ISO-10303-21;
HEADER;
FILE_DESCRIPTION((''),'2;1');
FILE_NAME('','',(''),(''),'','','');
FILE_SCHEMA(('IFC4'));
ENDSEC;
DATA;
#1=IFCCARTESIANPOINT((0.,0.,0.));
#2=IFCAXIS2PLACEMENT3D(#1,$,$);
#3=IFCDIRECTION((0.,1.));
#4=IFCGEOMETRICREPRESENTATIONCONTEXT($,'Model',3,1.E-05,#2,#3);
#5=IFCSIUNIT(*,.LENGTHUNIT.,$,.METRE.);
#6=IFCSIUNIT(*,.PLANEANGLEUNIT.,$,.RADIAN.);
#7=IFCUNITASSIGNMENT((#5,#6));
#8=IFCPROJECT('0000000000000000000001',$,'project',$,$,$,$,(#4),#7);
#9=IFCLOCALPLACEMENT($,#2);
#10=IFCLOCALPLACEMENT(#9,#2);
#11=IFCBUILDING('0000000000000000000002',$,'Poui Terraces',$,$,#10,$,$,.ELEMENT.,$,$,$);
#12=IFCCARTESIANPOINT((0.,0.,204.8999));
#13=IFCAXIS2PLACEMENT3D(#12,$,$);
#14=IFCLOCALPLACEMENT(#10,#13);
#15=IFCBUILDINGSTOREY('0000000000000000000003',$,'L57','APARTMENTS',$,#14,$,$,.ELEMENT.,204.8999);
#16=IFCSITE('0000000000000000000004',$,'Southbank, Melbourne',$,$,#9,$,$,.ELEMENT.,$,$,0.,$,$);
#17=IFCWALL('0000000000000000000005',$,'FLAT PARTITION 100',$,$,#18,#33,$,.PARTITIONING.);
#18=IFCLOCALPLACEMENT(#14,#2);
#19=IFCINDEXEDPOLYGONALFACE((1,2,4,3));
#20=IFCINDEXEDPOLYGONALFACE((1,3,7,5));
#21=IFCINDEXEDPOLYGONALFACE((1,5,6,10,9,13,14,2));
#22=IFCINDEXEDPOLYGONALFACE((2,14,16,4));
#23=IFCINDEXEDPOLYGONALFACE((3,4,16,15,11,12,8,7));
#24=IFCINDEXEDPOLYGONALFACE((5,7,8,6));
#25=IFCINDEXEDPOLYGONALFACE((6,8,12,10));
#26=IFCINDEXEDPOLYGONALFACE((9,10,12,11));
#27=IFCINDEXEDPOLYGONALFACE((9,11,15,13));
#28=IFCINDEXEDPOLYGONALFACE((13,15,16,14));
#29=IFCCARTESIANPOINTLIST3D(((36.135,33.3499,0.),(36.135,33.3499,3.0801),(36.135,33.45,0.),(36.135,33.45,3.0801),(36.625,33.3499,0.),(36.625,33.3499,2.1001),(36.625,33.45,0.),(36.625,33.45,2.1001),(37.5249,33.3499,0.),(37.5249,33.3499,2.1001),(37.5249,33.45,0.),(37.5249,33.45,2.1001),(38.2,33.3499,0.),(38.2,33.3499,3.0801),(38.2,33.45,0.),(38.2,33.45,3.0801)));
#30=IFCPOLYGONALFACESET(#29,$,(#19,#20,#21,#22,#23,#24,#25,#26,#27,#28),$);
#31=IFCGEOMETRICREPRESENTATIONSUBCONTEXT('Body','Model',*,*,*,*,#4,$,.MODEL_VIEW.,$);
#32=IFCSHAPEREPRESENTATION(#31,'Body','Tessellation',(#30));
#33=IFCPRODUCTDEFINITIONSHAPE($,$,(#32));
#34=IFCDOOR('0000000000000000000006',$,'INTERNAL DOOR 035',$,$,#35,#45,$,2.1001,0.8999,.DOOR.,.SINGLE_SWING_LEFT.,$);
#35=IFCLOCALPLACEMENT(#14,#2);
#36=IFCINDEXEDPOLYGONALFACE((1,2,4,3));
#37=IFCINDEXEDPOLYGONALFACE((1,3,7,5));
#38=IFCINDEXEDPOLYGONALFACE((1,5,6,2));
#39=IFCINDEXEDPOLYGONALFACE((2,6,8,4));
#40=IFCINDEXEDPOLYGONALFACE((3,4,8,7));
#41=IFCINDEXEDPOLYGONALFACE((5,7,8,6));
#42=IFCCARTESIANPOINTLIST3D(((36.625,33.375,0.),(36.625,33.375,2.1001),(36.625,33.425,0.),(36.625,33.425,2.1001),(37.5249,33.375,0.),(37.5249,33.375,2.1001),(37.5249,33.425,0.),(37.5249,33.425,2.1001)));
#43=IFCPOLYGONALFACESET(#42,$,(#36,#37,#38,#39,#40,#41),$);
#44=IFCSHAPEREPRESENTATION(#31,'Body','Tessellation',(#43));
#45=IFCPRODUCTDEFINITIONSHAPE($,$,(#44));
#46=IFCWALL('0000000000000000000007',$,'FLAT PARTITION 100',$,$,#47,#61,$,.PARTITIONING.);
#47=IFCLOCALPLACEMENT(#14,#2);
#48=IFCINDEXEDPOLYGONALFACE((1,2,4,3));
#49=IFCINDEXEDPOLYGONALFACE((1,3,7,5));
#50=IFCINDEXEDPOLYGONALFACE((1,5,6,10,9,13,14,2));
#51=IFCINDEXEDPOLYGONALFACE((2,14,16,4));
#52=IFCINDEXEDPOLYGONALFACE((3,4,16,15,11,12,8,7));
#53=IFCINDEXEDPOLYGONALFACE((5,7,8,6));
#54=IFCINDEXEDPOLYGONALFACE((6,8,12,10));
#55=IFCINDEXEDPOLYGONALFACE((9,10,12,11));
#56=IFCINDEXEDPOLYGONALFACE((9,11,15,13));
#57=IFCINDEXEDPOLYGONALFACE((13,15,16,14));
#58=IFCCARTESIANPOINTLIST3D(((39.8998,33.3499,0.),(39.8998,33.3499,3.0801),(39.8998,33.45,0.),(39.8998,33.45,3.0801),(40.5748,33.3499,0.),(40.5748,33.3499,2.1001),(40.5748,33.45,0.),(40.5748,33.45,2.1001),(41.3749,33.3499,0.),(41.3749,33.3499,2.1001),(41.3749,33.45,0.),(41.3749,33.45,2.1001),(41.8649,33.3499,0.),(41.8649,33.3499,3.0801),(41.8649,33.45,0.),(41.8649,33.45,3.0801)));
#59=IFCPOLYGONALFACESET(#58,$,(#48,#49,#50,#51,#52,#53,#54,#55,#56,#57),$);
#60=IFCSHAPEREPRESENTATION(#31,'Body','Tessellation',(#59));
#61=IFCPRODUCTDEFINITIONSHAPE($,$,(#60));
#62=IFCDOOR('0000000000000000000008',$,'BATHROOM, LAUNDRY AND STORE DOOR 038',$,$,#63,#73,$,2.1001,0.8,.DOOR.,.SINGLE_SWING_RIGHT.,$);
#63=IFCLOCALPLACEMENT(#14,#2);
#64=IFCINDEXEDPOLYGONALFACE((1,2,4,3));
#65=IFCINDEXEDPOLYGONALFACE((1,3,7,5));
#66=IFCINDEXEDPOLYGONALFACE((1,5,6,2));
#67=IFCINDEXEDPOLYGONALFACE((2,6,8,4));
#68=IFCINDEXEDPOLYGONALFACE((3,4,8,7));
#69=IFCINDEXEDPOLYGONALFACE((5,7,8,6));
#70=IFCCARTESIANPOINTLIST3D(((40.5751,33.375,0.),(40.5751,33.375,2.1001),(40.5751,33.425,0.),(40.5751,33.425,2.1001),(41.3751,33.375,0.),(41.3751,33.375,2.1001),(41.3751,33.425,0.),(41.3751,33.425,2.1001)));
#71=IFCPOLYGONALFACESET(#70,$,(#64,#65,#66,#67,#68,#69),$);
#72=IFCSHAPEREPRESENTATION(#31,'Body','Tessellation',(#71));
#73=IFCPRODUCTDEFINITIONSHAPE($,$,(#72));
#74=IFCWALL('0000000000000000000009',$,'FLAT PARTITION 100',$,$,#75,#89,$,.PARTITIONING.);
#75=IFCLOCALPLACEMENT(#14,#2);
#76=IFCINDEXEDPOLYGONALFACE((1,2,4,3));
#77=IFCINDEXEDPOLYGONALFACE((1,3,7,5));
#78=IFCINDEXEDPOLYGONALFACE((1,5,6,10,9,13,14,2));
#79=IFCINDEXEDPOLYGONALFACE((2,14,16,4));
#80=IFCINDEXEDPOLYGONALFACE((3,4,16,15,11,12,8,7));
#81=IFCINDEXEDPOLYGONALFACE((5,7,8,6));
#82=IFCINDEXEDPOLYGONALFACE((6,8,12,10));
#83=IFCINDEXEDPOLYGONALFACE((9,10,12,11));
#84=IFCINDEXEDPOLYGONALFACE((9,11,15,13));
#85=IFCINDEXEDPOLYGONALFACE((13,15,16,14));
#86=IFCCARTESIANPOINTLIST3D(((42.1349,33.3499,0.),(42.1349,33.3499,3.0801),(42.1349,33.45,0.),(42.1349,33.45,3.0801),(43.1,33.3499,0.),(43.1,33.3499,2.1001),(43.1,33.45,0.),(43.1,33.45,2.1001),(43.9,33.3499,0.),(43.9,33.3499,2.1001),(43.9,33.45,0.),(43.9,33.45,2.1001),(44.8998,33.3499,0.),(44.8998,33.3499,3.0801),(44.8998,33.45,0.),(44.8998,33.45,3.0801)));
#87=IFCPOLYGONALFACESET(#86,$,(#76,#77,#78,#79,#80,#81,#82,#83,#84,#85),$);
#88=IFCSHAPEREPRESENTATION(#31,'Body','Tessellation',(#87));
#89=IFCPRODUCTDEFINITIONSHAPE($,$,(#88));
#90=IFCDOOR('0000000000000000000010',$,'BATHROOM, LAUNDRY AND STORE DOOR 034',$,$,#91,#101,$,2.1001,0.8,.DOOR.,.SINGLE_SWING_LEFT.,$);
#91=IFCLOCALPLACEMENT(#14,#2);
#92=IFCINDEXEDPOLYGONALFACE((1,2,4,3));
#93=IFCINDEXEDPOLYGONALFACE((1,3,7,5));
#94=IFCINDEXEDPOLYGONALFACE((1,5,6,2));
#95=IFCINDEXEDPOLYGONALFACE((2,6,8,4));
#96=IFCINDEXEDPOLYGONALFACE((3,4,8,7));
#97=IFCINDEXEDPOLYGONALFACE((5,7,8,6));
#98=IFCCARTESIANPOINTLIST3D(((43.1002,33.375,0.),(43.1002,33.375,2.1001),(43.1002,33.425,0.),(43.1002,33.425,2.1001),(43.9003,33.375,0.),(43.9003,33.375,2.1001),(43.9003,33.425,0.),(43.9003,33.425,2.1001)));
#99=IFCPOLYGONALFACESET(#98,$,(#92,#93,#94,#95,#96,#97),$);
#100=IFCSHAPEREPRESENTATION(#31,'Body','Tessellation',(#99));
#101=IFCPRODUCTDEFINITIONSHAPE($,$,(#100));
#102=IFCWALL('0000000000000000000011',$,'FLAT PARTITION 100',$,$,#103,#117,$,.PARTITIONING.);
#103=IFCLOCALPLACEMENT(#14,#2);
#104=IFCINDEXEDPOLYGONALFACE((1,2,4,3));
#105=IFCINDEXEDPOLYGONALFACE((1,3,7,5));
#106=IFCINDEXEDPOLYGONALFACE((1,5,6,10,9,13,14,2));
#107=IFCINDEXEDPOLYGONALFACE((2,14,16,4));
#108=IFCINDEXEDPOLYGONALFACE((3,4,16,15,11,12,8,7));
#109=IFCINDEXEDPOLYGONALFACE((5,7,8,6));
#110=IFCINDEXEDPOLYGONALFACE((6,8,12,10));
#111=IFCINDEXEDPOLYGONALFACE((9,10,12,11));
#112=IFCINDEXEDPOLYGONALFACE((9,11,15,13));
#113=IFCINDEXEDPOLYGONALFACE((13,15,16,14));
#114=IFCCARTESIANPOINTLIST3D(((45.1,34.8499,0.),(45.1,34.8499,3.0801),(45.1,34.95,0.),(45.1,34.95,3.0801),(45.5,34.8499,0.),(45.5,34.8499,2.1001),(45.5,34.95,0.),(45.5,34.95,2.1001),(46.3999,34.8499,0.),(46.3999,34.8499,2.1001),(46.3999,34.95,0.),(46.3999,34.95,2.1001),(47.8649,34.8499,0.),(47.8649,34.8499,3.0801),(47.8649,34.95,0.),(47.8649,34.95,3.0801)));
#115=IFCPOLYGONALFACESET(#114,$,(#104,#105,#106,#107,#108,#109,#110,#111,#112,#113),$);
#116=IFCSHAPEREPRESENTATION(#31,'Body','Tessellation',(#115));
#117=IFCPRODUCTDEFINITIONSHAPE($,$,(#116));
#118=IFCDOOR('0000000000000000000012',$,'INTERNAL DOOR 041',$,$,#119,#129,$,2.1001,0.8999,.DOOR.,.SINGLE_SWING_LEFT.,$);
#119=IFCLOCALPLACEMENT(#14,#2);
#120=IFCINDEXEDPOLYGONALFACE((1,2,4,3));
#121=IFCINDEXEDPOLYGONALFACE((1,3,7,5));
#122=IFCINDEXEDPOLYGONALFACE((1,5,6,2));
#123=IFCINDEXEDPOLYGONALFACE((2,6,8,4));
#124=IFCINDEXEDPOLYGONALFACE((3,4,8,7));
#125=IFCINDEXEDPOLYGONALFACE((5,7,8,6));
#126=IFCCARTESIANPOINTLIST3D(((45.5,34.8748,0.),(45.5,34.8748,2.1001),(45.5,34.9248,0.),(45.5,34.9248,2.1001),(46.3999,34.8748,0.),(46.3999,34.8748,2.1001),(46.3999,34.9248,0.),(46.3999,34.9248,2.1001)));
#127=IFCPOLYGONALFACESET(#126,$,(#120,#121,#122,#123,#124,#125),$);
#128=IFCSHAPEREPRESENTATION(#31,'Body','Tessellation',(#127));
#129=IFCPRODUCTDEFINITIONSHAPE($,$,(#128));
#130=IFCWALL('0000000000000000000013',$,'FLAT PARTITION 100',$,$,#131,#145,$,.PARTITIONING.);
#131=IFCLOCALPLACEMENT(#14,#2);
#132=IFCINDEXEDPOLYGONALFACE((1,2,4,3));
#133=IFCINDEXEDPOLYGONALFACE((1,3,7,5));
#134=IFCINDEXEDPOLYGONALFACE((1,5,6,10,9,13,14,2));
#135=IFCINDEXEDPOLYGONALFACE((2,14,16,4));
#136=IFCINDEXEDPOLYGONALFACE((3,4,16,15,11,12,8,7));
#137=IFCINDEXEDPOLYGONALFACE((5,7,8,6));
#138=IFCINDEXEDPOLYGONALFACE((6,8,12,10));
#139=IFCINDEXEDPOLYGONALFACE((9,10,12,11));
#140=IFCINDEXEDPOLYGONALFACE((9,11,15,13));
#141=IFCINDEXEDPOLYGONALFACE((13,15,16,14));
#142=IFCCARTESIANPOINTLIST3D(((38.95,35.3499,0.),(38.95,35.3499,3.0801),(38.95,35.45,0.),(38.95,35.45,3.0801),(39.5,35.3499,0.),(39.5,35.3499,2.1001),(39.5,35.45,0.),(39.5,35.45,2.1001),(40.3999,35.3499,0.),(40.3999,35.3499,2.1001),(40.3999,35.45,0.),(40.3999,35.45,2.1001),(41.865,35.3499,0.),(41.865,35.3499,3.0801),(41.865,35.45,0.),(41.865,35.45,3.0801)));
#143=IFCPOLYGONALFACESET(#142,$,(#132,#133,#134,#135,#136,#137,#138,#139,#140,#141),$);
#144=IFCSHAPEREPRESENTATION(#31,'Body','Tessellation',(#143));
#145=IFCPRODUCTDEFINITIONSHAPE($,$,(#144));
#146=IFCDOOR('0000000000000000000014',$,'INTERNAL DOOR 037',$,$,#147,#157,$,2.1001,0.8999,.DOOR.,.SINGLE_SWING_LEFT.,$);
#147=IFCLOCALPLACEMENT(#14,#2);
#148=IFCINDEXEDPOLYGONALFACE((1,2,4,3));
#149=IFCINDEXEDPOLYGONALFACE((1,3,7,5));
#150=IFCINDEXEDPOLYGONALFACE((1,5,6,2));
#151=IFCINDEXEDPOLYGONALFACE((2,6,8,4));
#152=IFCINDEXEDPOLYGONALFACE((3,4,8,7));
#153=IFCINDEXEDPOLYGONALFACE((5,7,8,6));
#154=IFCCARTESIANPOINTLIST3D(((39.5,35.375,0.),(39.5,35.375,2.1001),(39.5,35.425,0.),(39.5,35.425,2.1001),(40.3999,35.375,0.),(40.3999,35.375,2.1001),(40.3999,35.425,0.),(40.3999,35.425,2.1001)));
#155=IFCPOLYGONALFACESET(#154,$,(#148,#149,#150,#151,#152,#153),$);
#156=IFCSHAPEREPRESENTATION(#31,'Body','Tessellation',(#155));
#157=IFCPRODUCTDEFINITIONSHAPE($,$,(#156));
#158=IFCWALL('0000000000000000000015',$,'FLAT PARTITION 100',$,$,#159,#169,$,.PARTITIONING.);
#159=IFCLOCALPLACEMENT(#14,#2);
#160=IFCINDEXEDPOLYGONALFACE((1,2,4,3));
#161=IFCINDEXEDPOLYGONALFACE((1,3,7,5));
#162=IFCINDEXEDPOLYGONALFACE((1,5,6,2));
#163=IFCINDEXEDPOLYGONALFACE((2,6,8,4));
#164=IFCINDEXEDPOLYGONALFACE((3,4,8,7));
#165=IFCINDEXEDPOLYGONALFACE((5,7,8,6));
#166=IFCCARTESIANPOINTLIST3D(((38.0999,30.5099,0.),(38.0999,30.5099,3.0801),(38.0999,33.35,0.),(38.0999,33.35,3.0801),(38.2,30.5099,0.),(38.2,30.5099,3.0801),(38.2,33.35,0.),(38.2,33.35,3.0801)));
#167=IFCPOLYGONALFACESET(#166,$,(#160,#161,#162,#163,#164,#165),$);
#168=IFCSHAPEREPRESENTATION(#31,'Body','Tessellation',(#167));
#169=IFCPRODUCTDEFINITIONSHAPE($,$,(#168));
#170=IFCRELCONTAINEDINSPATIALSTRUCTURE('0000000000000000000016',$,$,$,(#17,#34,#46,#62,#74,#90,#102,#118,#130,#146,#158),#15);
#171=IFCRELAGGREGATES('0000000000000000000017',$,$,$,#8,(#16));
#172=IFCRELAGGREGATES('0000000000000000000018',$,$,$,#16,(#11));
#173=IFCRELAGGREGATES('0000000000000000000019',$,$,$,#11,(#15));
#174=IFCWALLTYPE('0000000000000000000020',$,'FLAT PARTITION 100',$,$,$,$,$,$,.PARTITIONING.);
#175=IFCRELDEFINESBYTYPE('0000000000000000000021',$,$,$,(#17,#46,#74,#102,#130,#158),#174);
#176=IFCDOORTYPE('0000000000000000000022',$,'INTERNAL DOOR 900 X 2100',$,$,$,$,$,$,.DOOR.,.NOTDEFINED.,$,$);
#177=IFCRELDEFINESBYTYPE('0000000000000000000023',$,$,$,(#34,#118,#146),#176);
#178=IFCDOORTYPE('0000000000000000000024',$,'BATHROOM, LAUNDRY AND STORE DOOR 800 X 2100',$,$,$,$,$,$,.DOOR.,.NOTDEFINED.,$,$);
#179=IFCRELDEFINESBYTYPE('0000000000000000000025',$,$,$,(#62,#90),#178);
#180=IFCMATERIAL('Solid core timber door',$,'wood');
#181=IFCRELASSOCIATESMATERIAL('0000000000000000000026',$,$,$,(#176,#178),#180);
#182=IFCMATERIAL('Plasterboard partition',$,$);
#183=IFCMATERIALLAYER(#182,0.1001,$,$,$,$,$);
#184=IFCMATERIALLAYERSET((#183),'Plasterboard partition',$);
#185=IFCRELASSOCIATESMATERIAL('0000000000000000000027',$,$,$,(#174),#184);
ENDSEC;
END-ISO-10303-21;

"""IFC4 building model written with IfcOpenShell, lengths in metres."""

from ifc_helpers import new_model, si_unit, direction, frame, frame_2d, origin, place, context, subcontext, project, spatial, rectangle, extrude, material, layer, layer_set, type_object, element, fill, save


model = new_model("IFC4")

# Units and contexts
model_context = context("Model", 3, precision=1e-05, world=origin(), true_north=direction((0.0, 1.0)))
body_context = subcontext(model_context, "Body", "Model", "MODEL_VIEW")
ifc_project = project(units=[si_unit("LENGTHUNIT", "METRE"), si_unit("PLANEANGLEUNIT", "RADIAN")], contexts=[model_context])

# Site, building, storey
site_placement = place(None, origin())
site = spatial("IfcSite", under=ifc_project, at=site_placement, Name="Southbank, Melbourne", CompositionType="ELEMENT", RefElevation=0.0)
building_placement = place(site_placement, origin())
building = spatial("IfcBuilding", under=site, at=building_placement, Name="Poui Terraces", CompositionType="ELEMENT")
storey_placement = place(building_placement, frame((0.0, 0.0, 204.8999)))
storey = spatial("IfcBuildingStorey", under=building, at=storey_placement, Name="L57", Description="APARTMENTS", CompositionType="ELEMENT", Elevation=204.8999)

# Walls, openings, doors
ifc_material_1 = material(Name="Solid core timber door", Category="wood")
door_type_1 = type_object("IfcDoorType", Name="INTERNAL DOOR 900 X 2100", OperationType="NOTDEFINED", PredefinedType="DOOR", material=ifc_material_1)
ifc_material_2 = material(Name="Plasterboard partition")
ifc_layer_1 = layer(ifc_material_2, 0.1001)
ifc_layer_set_1 = layer_set([ifc_layer_1], Name="Plasterboard partition")
wall_type_1 = type_object("IfcWallType", Name="FLAT PARTITION 100", PredefinedType="PARTITIONING", material=ifc_layer_set_1)
door_type_2 = type_object("IfcDoorType", Name="BATHROOM, LAUNDRY AND STORE DOOR 800 X 2100", OperationType="NOTDEFINED", PredefinedType="DOOR", material=ifc_material_1)
wall_1_placement = place(storey_placement, frame((36.135, 33.3999, 0.0), z_axis=(0.0, 0.0, 1.0), x_axis=(1.0, 0.0, 0.0)))
wall_1 = element("IfcWall", 1, at=wall_1_placement, inside=storey, type_object=wall_type_1, Name="FLAT PARTITION 100", PredefinedType="PARTITIONING", context=body_context, shape_type="SweptSolid", body=[
    extrude(rectangle(XDim=2.0649, YDim=0.1001, at=frame_2d((1.0325, 0.0))), origin(), (0.0, 0.0, 1.0), 3.0801),
])
opening_1_placement = place(wall_1_placement, frame((0.49, 0.0, 0.0)))
opening_1 = element("IfcOpeningElement", 2, at=opening_1_placement, cuts=wall_1, PredefinedType="OPENING", context=body_context, shape_type="SweptSolid", body=[
    extrude(rectangle(XDim=0.8999, YDim=2.1001, at=frame_2d((0.45, 1.05))), frame((0.0, 0.0601, 0.0), z_axis=(0.0, -1.0, 0.0), x_axis=(1.0, 0.0, 0.0)), (0.0, 0.0, 1.0), 0.1201),
])
door_1_placement = place(opening_1_placement, frame((0.8999, 0.0, 0.0), z_axis=(0.0, 0.0, 1.0), x_axis=(-1.0, 0.0, 0.0)))
door_1 = element("IfcDoor", 3, at=door_1_placement, inside=storey, type_object=door_type_1, Name="INTERNAL DOOR 035", OperationType="SINGLE_SWING_LEFT", OverallHeight=2.1001, OverallWidth=0.8999, PredefinedType="DOOR", context=body_context, shape_type="SweptSolid", body=[
    extrude(rectangle(XDim=0.8999, YDim=2.1001, at=frame_2d((0.45, 1.05))), frame((0.0, 0.0249, 0.0), z_axis=(0.0, -1.0, 0.0), x_axis=(1.0, 0.0, 0.0)), (0.0, 0.0, 1.0), 0.05),
])
fill(opening_1, door_1)
wall_2_placement = place(storey_placement, frame((39.8999, 33.3999, 0.0), z_axis=(0.0, 0.0, 1.0), x_axis=(1.0, 0.0, 0.0)))
wall_2 = element("IfcWall", 4, at=wall_2_placement, inside=storey, type_object=wall_type_1, Name="FLAT PARTITION 100", PredefinedType="PARTITIONING", context=body_context, shape_type="SweptSolid", body=[
    extrude(rectangle(XDim=1.9651, YDim=0.1001, at=frame_2d((0.9824, 0.0))), origin(), (0.0, 0.0, 1.0), 3.0801),
])
opening_2_placement = place(wall_2_placement, frame((0.675, 0.0, 0.0)))
opening_2 = element("IfcOpeningElement", 5, at=opening_2_placement, cuts=wall_2, PredefinedType="OPENING", context=body_context, shape_type="SweptSolid", body=[
    extrude(rectangle(XDim=0.8, YDim=2.1001, at=frame_2d((0.3999, 1.05))), frame((0.0, 0.0601, 0.0), z_axis=(0.0, -1.0, 0.0), x_axis=(1.0, 0.0, 0.0)), (0.0, 0.0, 1.0), 0.1201),
])
door_2_placement = place(opening_2_placement, frame((0.8, 0.0, 0.0), z_axis=(0.0, 0.0, 1.0), x_axis=(-1.0, 0.0, 0.0)))
door_2 = element("IfcDoor", 6, at=door_2_placement, inside=storey, type_object=door_type_2, Name="BATHROOM, LAUNDRY AND STORE DOOR 038", OperationType="SINGLE_SWING_RIGHT", OverallHeight=2.1001, OverallWidth=0.8, PredefinedType="DOOR", context=body_context, shape_type="SweptSolid", body=[
    extrude(rectangle(XDim=0.8, YDim=2.1001, at=frame_2d((0.3999, 1.05))), frame((0.0, 0.0249, 0.0), z_axis=(0.0, -1.0, 0.0), x_axis=(1.0, 0.0, 0.0)), (0.0, 0.0, 1.0), 0.05),
])
fill(opening_2, door_2)
wall_3_placement = place(storey_placement, frame((42.135, 33.3999, 0.0), z_axis=(0.0, 0.0, 1.0), x_axis=(1.0, 0.0, 0.0)))
wall_3 = element("IfcWall", 7, at=wall_3_placement, inside=storey, type_object=wall_type_1, Name="FLAT PARTITION 100", PredefinedType="PARTITIONING", context=body_context, shape_type="SweptSolid", body=[
    extrude(rectangle(XDim=2.7649, YDim=0.1001, at=frame_2d((1.3823, 0.0))), origin(), (0.0, 0.0, 1.0), 3.0801),
])
opening_3_placement = place(wall_3_placement, frame((0.9651, 0.0, 0.0)))
opening_3 = element("IfcOpeningElement", 8, at=opening_3_placement, cuts=wall_3, PredefinedType="OPENING", context=body_context, shape_type="SweptSolid", body=[
    extrude(rectangle(XDim=0.8, YDim=2.1001, at=frame_2d((0.3999, 1.05))), frame((0.0, 0.0601, 0.0), z_axis=(0.0, -1.0, 0.0), x_axis=(1.0, 0.0, 0.0)), (0.0, 0.0, 1.0), 0.1201),
])
door_3_placement = place(opening_3_placement, frame((0.8, 0.0, 0.0), z_axis=(0.0, 0.0, 1.0), x_axis=(-1.0, 0.0, 0.0)))
door_3 = element("IfcDoor", 9, at=door_3_placement, inside=storey, type_object=door_type_2, Name="BATHROOM, LAUNDRY AND STORE DOOR 034", OperationType="SINGLE_SWING_LEFT", OverallHeight=2.1001, OverallWidth=0.8, PredefinedType="DOOR", context=body_context, shape_type="SweptSolid", body=[
    extrude(rectangle(XDim=0.8, YDim=2.1001, at=frame_2d((0.3999, 1.05))), frame((0.0, 0.0249, 0.0), z_axis=(0.0, -1.0, 0.0), x_axis=(1.0, 0.0, 0.0)), (0.0, 0.0, 1.0), 0.05),
])
fill(opening_3, door_3)
wall_4_placement = place(storey_placement, frame((45.1001, 34.8999, 0.0), z_axis=(0.0, 0.0, 1.0), x_axis=(1.0, 0.0, 0.0)))
wall_4 = element("IfcWall", 10, at=wall_4_placement, inside=storey, type_object=wall_type_1, Name="FLAT PARTITION 100", PredefinedType="PARTITIONING", context=body_context, shape_type="SweptSolid", body=[
    extrude(rectangle(XDim=2.7649, YDim=0.1001, at=frame_2d((1.3823, 0.0))), origin(), (0.0, 0.0, 1.0), 3.0801),
])
opening_4_placement = place(wall_4_placement, frame((0.3999, 0.0, 0.0)))
opening_4 = element("IfcOpeningElement", 11, at=opening_4_placement, cuts=wall_4, PredefinedType="OPENING", context=body_context, shape_type="SweptSolid", body=[
    extrude(rectangle(XDim=0.8999, YDim=2.1001, at=frame_2d((0.45, 1.05))), frame((0.0, 0.0601, 0.0), z_axis=(0.0, -1.0, 0.0), x_axis=(1.0, 0.0, 0.0)), (0.0, 0.0, 1.0), 0.1201),
])
door_4_placement = place(opening_4_placement, origin())
door_4 = element("IfcDoor", 12, at=door_4_placement, inside=storey, type_object=door_type_1, Name="INTERNAL DOOR 041", OperationType="SINGLE_SWING_LEFT", OverallHeight=2.1001, OverallWidth=0.8999, PredefinedType="DOOR", context=body_context, shape_type="SweptSolid", body=[
    extrude(rectangle(XDim=0.8999, YDim=2.1001, at=frame_2d((0.45, 1.05))), frame((0.0, 0.0249, 0.0), z_axis=(0.0, -1.0, 0.0), x_axis=(1.0, 0.0, 0.0)), (0.0, 0.0, 1.0), 0.05),
])
fill(opening_4, door_4)
wall_5_placement = place(storey_placement, frame((38.95, 35.3999, 0.0), z_axis=(0.0, 0.0, 1.0), x_axis=(1.0, 0.0, 0.0)))
wall_5 = element("IfcWall", 13, at=wall_5_placement, inside=storey, type_object=wall_type_1, Name="FLAT PARTITION 100", PredefinedType="PARTITIONING", context=body_context, shape_type="SweptSolid", body=[
    extrude(rectangle(XDim=2.915, YDim=0.1001, at=frame_2d((1.4575, 0.0))), origin(), (0.0, 0.0, 1.0), 3.0801),
])
opening_5_placement = place(wall_5_placement, frame((0.55, 0.0, 0.0)))
opening_5 = element("IfcOpeningElement", 14, at=opening_5_placement, cuts=wall_5, PredefinedType="OPENING", context=body_context, shape_type="SweptSolid", body=[
    extrude(rectangle(XDim=0.8999, YDim=2.1001, at=frame_2d((0.45, 1.05))), frame((0.0, 0.0601, 0.0), z_axis=(0.0, -1.0, 0.0), x_axis=(1.0, 0.0, 0.0)), (0.0, 0.0, 1.0), 0.1201),
])
door_5_placement = place(opening_5_placement, frame((0.8999, 0.0, 0.0), z_axis=(0.0, 0.0, 1.0), x_axis=(-1.0, 0.0, 0.0)))
door_5 = element("IfcDoor", 15, at=door_5_placement, inside=storey, type_object=door_type_1, Name="INTERNAL DOOR 037", OperationType="SINGLE_SWING_LEFT", OverallHeight=2.1001, OverallWidth=0.8999, PredefinedType="DOOR", context=body_context, shape_type="SweptSolid", body=[
    extrude(rectangle(XDim=0.8999, YDim=2.1001, at=frame_2d((0.45, 1.05))), frame((0.0, 0.0249, 0.0), z_axis=(0.0, -1.0, 0.0), x_axis=(1.0, 0.0, 0.0)), (0.0, 0.0, 1.0), 0.05),
])
fill(opening_5, door_5)

# Wall
wall_6_placement = place(storey_placement, frame((38.1499, 30.51, 0.0), z_axis=(0.0, 0.0, 1.0), x_axis=(0.0, 1.0, 0.0)))
element("IfcWall", 16, at=wall_6_placement, inside=storey, type_object=wall_type_1, Name="FLAT PARTITION 100", PredefinedType="PARTITIONING", context=body_context, shape_type="SweptSolid", body=[
    extrude(rectangle(XDim=2.8401, YDim=0.1001, at=frame_2d((1.4199, 0.0))), origin(), (0.0, 0.0, 1.0), 3.0801),
])

save(model, "model.ifc")
